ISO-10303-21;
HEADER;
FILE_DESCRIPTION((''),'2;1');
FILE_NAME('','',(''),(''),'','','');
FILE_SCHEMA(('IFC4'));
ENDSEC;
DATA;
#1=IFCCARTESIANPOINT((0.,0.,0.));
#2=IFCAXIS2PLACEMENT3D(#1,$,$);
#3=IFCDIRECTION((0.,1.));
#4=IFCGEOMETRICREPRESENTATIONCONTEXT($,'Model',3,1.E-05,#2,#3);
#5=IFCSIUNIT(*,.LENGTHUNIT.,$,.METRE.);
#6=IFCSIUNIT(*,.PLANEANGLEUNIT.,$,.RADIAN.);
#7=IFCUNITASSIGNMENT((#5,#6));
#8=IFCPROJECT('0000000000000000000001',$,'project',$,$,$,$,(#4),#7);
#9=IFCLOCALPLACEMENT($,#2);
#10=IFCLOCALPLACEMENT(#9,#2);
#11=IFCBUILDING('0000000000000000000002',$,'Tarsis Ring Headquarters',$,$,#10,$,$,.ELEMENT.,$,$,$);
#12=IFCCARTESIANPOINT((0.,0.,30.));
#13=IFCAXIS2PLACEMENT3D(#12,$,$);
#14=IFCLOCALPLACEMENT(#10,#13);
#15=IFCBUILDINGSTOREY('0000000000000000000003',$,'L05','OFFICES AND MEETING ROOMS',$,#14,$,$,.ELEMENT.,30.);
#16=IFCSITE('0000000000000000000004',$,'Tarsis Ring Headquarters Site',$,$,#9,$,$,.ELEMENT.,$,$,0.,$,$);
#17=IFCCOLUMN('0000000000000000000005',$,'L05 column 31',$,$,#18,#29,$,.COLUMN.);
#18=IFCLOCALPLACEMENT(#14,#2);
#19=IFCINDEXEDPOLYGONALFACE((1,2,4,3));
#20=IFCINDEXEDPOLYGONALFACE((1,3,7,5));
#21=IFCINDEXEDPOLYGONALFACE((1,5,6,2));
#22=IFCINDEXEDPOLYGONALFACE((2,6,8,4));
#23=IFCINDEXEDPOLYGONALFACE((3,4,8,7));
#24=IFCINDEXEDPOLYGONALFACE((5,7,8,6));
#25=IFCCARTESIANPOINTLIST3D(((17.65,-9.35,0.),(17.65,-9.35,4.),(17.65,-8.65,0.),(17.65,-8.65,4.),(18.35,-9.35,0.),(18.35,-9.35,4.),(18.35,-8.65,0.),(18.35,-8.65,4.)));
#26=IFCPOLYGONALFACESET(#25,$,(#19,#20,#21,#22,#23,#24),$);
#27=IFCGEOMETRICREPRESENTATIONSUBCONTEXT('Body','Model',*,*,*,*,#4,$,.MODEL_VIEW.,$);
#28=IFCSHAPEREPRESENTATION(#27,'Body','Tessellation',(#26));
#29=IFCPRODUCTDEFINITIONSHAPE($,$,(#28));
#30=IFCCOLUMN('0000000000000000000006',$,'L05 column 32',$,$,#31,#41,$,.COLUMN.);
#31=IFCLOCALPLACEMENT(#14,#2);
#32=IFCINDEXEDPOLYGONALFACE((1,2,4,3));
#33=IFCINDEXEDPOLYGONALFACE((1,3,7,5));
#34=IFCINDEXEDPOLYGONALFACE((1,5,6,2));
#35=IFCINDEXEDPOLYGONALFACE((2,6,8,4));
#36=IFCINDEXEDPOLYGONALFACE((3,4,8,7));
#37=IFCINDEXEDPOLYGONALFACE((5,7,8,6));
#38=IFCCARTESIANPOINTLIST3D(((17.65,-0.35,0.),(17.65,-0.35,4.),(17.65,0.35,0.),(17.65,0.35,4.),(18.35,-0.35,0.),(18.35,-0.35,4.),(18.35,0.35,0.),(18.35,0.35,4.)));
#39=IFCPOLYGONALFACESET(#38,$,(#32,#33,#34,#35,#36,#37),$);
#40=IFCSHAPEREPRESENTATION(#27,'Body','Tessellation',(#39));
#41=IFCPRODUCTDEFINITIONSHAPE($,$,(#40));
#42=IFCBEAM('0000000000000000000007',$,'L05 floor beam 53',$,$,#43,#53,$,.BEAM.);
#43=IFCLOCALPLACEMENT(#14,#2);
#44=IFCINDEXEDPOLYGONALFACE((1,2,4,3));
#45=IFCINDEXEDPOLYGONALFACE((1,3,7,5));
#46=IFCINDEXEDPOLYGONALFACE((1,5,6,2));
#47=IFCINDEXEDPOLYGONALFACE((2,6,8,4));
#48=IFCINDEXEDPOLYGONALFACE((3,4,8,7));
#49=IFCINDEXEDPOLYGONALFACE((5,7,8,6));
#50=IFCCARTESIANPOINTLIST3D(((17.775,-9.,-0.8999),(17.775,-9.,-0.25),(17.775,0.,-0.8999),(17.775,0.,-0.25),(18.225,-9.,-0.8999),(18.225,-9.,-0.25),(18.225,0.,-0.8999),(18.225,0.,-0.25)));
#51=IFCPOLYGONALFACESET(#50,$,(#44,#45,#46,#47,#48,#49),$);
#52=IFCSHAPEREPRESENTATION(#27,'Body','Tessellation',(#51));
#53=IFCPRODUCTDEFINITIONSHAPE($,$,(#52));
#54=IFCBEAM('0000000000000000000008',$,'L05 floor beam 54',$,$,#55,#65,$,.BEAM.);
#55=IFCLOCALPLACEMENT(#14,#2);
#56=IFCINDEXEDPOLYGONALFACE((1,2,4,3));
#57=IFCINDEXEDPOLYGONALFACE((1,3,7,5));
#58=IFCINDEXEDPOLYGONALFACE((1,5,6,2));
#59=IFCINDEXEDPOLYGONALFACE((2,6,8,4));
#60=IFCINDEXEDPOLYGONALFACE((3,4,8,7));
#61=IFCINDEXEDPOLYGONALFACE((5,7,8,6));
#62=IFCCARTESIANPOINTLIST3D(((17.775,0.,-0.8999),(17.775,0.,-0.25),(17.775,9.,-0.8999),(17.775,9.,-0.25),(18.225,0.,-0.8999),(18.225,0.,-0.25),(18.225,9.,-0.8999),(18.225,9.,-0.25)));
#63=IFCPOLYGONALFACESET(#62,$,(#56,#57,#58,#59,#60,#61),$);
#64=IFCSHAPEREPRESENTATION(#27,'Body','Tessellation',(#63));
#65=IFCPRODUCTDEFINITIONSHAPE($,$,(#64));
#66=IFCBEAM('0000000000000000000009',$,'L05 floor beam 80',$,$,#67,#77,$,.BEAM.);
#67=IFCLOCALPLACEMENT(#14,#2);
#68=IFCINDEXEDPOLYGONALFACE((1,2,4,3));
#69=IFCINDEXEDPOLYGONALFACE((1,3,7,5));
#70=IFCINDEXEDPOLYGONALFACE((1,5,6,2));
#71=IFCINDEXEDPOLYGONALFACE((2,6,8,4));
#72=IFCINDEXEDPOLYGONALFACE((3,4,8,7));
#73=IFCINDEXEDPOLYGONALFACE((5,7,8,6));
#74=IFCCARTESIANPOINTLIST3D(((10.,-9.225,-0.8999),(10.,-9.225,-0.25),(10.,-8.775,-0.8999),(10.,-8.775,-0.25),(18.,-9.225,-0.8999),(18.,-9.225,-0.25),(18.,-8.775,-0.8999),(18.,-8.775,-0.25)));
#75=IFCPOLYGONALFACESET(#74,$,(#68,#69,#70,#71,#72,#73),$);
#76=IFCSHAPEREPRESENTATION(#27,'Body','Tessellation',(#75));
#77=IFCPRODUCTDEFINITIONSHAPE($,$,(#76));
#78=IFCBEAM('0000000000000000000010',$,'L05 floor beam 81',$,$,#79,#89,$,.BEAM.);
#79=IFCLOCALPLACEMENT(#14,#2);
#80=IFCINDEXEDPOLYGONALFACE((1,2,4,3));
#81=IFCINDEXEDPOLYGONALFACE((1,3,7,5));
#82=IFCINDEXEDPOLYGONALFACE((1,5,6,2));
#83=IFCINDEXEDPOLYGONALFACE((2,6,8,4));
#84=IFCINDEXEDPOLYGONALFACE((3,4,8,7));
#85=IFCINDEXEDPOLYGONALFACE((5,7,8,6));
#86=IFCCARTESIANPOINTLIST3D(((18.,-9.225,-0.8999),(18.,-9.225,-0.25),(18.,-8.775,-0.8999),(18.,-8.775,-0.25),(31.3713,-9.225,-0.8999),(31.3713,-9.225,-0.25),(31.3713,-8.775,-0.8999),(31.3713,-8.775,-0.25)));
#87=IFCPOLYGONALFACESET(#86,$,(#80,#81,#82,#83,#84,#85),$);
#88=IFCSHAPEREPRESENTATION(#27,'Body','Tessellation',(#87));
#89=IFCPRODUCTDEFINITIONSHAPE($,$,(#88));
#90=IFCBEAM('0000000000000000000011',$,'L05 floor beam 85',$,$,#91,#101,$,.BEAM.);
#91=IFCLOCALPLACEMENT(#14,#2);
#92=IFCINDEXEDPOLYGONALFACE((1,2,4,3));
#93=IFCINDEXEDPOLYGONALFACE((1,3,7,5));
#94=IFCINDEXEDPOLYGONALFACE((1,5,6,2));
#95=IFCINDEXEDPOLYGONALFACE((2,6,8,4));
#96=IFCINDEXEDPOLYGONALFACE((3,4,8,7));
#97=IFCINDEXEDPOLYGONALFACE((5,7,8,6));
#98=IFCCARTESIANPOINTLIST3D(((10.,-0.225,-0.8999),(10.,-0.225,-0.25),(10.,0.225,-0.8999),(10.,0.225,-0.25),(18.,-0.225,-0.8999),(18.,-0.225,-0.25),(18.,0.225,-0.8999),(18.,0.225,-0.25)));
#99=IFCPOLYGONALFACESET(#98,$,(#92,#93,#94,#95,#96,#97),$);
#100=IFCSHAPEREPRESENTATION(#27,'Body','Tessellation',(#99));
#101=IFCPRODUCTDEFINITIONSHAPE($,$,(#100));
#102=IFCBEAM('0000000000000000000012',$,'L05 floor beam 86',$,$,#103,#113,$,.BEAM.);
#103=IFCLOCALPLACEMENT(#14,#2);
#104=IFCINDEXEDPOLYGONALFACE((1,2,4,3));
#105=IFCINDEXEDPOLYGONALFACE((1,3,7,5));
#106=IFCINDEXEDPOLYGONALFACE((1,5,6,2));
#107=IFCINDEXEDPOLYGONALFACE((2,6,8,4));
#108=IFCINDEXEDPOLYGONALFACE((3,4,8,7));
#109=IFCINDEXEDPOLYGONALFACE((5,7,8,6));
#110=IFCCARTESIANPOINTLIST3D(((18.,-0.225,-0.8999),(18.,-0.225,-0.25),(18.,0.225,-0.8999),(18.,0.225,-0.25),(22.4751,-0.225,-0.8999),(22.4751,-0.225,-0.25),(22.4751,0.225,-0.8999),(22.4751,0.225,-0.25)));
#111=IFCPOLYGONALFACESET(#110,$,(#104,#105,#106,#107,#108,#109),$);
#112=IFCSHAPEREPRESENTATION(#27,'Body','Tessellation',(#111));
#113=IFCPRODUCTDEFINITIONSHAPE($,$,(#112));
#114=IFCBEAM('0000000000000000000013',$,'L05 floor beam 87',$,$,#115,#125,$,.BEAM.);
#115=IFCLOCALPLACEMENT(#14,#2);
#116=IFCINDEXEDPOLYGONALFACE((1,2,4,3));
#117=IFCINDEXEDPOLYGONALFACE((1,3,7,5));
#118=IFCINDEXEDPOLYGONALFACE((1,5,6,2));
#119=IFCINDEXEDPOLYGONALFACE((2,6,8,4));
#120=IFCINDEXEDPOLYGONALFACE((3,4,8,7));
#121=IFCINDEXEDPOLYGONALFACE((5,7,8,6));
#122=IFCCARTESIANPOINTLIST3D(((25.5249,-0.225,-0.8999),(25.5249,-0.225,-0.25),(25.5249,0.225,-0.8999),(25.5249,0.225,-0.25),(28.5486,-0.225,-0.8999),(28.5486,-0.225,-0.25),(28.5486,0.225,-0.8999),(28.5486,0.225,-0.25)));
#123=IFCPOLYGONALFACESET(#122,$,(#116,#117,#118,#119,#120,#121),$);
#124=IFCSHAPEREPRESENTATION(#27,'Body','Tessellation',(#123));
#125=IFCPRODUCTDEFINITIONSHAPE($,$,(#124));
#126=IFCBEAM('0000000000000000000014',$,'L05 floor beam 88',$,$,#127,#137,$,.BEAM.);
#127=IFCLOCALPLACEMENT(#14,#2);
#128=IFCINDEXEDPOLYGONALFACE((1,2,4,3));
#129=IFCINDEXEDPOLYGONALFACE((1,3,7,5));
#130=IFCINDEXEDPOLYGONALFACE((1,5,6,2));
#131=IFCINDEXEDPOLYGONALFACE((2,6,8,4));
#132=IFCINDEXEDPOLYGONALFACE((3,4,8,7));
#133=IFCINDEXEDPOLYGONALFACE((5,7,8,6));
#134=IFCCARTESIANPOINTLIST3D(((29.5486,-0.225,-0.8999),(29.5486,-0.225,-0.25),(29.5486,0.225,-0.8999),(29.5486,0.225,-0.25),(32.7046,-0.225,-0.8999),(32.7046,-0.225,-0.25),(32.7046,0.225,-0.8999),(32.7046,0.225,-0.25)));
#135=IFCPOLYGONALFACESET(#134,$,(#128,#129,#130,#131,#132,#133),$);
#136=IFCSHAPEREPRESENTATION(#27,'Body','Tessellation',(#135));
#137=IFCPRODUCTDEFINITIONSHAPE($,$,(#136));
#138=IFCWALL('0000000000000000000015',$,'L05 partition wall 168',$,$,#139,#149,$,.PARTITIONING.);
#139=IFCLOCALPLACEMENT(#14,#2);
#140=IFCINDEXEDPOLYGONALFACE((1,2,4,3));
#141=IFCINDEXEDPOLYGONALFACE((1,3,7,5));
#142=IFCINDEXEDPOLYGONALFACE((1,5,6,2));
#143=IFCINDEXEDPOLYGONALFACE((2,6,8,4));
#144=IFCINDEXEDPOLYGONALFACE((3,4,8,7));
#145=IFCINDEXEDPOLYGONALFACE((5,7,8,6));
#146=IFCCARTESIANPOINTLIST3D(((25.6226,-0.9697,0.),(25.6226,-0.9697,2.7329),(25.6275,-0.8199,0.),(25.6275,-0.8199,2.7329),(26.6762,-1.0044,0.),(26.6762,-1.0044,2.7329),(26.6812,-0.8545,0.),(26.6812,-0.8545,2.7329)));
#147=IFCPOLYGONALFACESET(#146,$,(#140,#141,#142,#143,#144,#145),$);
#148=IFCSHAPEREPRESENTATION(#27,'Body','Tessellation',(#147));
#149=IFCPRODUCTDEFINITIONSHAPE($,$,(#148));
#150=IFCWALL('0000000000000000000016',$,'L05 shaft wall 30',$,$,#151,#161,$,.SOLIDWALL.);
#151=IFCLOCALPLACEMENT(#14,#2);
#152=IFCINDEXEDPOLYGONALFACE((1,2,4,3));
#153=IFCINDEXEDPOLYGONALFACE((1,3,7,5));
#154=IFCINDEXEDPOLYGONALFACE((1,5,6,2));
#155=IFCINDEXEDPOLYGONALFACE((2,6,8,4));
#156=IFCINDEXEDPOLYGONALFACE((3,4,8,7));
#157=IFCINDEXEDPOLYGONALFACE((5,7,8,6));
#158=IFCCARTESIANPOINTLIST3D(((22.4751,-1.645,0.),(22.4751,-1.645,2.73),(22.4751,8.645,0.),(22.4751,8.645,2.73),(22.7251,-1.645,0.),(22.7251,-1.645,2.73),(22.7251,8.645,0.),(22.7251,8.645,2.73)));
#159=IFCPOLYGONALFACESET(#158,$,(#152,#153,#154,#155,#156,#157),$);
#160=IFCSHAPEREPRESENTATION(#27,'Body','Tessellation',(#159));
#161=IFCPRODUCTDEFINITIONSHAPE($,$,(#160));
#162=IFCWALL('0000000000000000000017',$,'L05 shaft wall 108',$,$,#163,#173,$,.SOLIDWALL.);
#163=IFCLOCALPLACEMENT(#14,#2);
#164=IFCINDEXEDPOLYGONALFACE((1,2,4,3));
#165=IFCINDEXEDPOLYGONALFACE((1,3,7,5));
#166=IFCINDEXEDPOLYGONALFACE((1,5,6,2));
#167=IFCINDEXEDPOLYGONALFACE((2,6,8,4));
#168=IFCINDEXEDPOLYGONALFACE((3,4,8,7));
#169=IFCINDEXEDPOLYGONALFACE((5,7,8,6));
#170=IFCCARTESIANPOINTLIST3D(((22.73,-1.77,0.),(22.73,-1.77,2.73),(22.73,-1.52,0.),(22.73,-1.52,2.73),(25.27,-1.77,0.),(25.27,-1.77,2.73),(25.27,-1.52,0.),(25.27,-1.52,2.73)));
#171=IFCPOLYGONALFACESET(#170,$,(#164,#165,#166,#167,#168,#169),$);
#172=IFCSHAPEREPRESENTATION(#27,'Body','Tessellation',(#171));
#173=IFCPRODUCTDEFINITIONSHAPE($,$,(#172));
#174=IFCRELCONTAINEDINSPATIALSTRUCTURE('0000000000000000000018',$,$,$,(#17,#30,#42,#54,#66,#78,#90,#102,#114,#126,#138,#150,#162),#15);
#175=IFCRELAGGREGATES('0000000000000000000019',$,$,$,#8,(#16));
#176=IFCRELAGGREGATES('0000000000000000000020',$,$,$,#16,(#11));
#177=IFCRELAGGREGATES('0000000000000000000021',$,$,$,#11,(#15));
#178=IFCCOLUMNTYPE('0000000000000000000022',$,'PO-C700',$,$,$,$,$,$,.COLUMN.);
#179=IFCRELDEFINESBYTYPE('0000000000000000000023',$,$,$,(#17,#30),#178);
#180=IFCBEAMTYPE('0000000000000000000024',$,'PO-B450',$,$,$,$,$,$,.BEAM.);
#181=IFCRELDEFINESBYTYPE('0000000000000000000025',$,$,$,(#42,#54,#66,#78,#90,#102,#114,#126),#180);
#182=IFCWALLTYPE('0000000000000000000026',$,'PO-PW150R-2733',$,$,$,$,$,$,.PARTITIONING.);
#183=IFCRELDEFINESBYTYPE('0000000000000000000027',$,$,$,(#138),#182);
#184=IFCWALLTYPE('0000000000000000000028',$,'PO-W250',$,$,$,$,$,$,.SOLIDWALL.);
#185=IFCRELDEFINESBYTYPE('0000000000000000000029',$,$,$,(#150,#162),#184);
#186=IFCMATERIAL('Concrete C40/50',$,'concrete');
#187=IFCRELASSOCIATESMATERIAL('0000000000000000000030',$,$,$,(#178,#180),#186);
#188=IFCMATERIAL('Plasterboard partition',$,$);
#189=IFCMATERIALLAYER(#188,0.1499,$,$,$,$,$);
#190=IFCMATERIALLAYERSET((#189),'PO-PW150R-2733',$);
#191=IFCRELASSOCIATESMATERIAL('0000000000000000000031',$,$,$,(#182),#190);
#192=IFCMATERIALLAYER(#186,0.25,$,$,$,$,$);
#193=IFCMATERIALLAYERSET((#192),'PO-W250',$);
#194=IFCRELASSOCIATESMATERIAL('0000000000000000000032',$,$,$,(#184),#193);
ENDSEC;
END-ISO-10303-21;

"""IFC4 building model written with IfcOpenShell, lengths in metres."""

from ifc_helpers import new_model, si_unit, direction, frame, frame_2d, origin, origin_2d, place, context, subcontext, project, spatial, rectangle, extrude, material, layer, layer_set, material_profile, profile_set, type_object, element, save


model = new_model("IFC4")

# Units and contexts
model_context = context("Model", 3, precision=1e-05, world=origin(), true_north=direction((0.0, 1.0)))
body_context = subcontext(model_context, "Body", "Model", "MODEL_VIEW")
ifc_project = project(units=[si_unit("LENGTHUNIT", "METRE"), si_unit("PLANEANGLEUNIT", "RADIAN")], contexts=[model_context])

# Site, building, storey
site_placement = place(None, origin())
site = spatial("IfcSite", under=ifc_project, at=site_placement, Name="Tarsis Ring Headquarters Site", CompositionType="ELEMENT", RefElevation=0.0)
building_placement = place(site_placement, origin())
building = spatial("IfcBuilding", under=site, at=building_placement, Name="Tarsis Ring Headquarters", CompositionType="ELEMENT")
storey_placement = place(building_placement, frame((0.0, 0.0, 30.0)))
storey = spatial("IfcBuildingStorey", under=building, at=storey_placement, Name="L05", Description="OFFICES AND MEETING ROOMS", CompositionType="ELEMENT", Elevation=30.0)

# Columns
ifc_material_1 = material(Name="Concrete C40/50", Category="concrete")
ifc_material_profile_1 = material_profile(ifc_material_1, rectangle(XDim=0.7, YDim=0.7, at=origin_2d()), Name="PO-C700")
ifc_profile_set_1 = profile_set([ifc_material_profile_1], Name="Concrete C40/50")
column_type = type_object("IfcColumnType", Name="PO-C700", PredefinedType="COLUMN", material=ifc_profile_set_1)
for number, where, z_axis, x_axis, name in (
    (1, (18.0, -9.0, 0.0), (0.0, 0.0, 1.0), (1.0, 0.0, 0.0), "L05 column 31"),
    (2, (18.0, 0.0, 0.0), (0.0, 0.0, 1.0), (1.0, 0.0, 0.0), "L05 column 32"),
):
    element("IfcColumn", number, at=place(storey_placement, frame(where, z_axis=z_axis, x_axis=x_axis)), inside=storey, type_object=column_type, Name=name, PredefinedType="COLUMN", context=body_context, shape_type="SweptSolid", body=[
        extrude(rectangle(XDim=0.7, YDim=0.7, at=origin_2d()), origin(), (0.0, 0.0, 1.0), 4.0),
    ])

# Beams
ifc_material_profile_2 = material_profile(ifc_material_1, rectangle(XDim=0.45, YDim=0.6499, at=origin_2d()), Name="PO-B450")
ifc_profile_set_2 = profile_set([ifc_material_profile_2], Name="Concrete C40/50")
beam_type = type_object("IfcBeamType", Name="PO-B450", PredefinedType="BEAM", material=ifc_profile_set_2)
for number, where, z_axis, x_axis, name in (
    (3, (18.0, -9.0, -0.575), (0.0, 1.0, 0.0), (-1.0, 0.0, 0.0), "L05 floor beam 53"),
    (4, (18.0, 0.0, -0.575), (0.0, 1.0, 0.0), (-1.0, 0.0, 0.0), "L05 floor beam 54"),
):
    element("IfcBeam", number, at=place(storey_placement, frame(where, z_axis=z_axis, x_axis=x_axis)), inside=storey, type_object=beam_type, Name=name, PredefinedType="BEAM", context=body_context, shape_type="SweptSolid", body=[
        extrude(rectangle(XDim=0.45, YDim=0.6499, at=origin_2d()), origin(), (0.0, 0.0, 1.0), 9.0),
    ])
beam_1_placement = place(storey_placement, frame((10.0, -9.0, -0.575), z_axis=(1.0, 0.0, 0.0), x_axis=(0.0, 1.0, 0.0)))
element("IfcBeam", 5, at=beam_1_placement, inside=storey, type_object=beam_type, Name="L05 floor beam 80", PredefinedType="BEAM", context=body_context, shape_type="SweptSolid", body=[
    extrude(rectangle(XDim=0.45, YDim=0.6499, at=origin_2d()), origin(), (0.0, 0.0, 1.0), 8.0),
])
beam_2_placement = place(storey_placement, frame((18.0, -9.0, -0.575), z_axis=(1.0, 0.0, 0.0), x_axis=(0.0, 1.0, 0.0)))
element("IfcBeam", 6, at=beam_2_placement, inside=storey, type_object=beam_type, Name="L05 floor beam 81", PredefinedType="BEAM", context=body_context, shape_type="SweptSolid", body=[
    extrude(rectangle(XDim=0.45, YDim=0.6499, at=origin_2d()), origin(), (0.0, 0.0, 1.0), 13.3713),
])
beam_3_placement = place(storey_placement, frame((10.0, 0.0, -0.575), z_axis=(1.0, 0.0, 0.0), x_axis=(0.0, 1.0, 0.0)))
element("IfcBeam", 7, at=beam_3_placement, inside=storey, type_object=beam_type, Name="L05 floor beam 85", PredefinedType="BEAM", context=body_context, shape_type="SweptSolid", body=[
    extrude(rectangle(XDim=0.45, YDim=0.6499, at=origin_2d()), origin(), (0.0, 0.0, 1.0), 8.0),
])
beam_4_placement = place(storey_placement, frame((18.0, 0.0, -0.575), z_axis=(1.0, 0.0, 0.0), x_axis=(0.0, 1.0, 0.0)))
element("IfcBeam", 8, at=beam_4_placement, inside=storey, type_object=beam_type, Name="L05 floor beam 86", PredefinedType="BEAM", context=body_context, shape_type="SweptSolid", body=[
    extrude(rectangle(XDim=0.45, YDim=0.6499, at=origin_2d()), origin(), (0.0, 0.0, 1.0), 4.4751),
])
beam_5_placement = place(storey_placement, frame((25.5249, 0.0, -0.575), z_axis=(1.0, 0.0, 0.0), x_axis=(0.0, 1.0, 0.0)))
element("IfcBeam", 9, at=beam_5_placement, inside=storey, type_object=beam_type, Name="L05 floor beam 87", PredefinedType="BEAM", context=body_context, shape_type="SweptSolid", body=[
    extrude(rectangle(XDim=0.45, YDim=0.6499, at=origin_2d()), origin(), (0.0, 0.0, 1.0), 3.0237),
])
beam_6_placement = place(storey_placement, frame((29.5486, 0.0, -0.575), z_axis=(1.0, 0.0, 0.0), x_axis=(0.0, 1.0, 0.0)))
element("IfcBeam", 10, at=beam_6_placement, inside=storey, type_object=beam_type, Name="L05 floor beam 88", PredefinedType="BEAM", context=body_context, shape_type="SweptSolid", body=[
    extrude(rectangle(XDim=0.45, YDim=0.6499, at=origin_2d()), origin(), (0.0, 0.0, 1.0), 3.156),
])

# Walls
ifc_material_2 = material(Name="Plasterboard partition")
ifc_layer_1 = layer(ifc_material_2, 0.1499)
ifc_layer_set_1 = layer_set([ifc_layer_1], Name="PO-PW150R-2733")
wall_type_1 = type_object("IfcWallType", Name="PO-PW150R-2733", PredefinedType="PARTITIONING", material=ifc_layer_set_1)
wall_1_placement = place(storey_placement, frame((26.6787, -0.9294, 0.0), z_axis=(0.0, 0.0, 1.0), x_axis=(-0.999459, 0.032883, 0.0)))
element("IfcWall", 11, at=wall_1_placement, inside=storey, type_object=wall_type_1, Name="L05 partition wall 168", PredefinedType="PARTITIONING", context=body_context, shape_type="SweptSolid", body=[
    extrude(rectangle(XDim=1.0542, YDim=0.1499, at=frame_2d((0.5271, 0.0))), origin(), (0.0, 0.0, 1.0), 2.7329),
])
ifc_layer_2 = layer(ifc_material_1, 0.25)
ifc_layer_set_2 = layer_set([ifc_layer_2], Name="PO-W250")
wall_type_2 = type_object("IfcWallType", Name="PO-W250", PredefinedType="SOLIDWALL", material=ifc_layer_set_2)
wall_2_placement = place(storey_placement, frame((22.6001, -1.645, 0.0), z_axis=(0.0, 0.0, 1.0), x_axis=(0.0, 1.0, 0.0)))
element("IfcWall", 12, at=wall_2_placement, inside=storey, type_object=wall_type_2, Name="L05 shaft wall 30", PredefinedType="SOLIDWALL", context=body_context, shape_type="SweptSolid", body=[
    extrude(rectangle(XDim=10.29, YDim=0.25, at=frame_2d((5.145, 0.0))), origin(), (0.0, 0.0, 1.0), 2.73),
])
wall_3_placement = place(storey_placement, frame((25.27, -1.645, 0.0), z_axis=(0.0, 0.0, 1.0), x_axis=(-1.0, 0.0, 0.0)))
element("IfcWall", 13, at=wall_3_placement, inside=storey, type_object=wall_type_2, Name="L05 shaft wall 108", PredefinedType="SOLIDWALL", context=body_context, shape_type="SweptSolid", body=[
    extrude(rectangle(XDim=2.54, YDim=0.25, at=frame_2d((1.27, 0.0))), origin(), (0.0, 0.0, 1.0), 2.73),
])

save(model, "model.ifc")
